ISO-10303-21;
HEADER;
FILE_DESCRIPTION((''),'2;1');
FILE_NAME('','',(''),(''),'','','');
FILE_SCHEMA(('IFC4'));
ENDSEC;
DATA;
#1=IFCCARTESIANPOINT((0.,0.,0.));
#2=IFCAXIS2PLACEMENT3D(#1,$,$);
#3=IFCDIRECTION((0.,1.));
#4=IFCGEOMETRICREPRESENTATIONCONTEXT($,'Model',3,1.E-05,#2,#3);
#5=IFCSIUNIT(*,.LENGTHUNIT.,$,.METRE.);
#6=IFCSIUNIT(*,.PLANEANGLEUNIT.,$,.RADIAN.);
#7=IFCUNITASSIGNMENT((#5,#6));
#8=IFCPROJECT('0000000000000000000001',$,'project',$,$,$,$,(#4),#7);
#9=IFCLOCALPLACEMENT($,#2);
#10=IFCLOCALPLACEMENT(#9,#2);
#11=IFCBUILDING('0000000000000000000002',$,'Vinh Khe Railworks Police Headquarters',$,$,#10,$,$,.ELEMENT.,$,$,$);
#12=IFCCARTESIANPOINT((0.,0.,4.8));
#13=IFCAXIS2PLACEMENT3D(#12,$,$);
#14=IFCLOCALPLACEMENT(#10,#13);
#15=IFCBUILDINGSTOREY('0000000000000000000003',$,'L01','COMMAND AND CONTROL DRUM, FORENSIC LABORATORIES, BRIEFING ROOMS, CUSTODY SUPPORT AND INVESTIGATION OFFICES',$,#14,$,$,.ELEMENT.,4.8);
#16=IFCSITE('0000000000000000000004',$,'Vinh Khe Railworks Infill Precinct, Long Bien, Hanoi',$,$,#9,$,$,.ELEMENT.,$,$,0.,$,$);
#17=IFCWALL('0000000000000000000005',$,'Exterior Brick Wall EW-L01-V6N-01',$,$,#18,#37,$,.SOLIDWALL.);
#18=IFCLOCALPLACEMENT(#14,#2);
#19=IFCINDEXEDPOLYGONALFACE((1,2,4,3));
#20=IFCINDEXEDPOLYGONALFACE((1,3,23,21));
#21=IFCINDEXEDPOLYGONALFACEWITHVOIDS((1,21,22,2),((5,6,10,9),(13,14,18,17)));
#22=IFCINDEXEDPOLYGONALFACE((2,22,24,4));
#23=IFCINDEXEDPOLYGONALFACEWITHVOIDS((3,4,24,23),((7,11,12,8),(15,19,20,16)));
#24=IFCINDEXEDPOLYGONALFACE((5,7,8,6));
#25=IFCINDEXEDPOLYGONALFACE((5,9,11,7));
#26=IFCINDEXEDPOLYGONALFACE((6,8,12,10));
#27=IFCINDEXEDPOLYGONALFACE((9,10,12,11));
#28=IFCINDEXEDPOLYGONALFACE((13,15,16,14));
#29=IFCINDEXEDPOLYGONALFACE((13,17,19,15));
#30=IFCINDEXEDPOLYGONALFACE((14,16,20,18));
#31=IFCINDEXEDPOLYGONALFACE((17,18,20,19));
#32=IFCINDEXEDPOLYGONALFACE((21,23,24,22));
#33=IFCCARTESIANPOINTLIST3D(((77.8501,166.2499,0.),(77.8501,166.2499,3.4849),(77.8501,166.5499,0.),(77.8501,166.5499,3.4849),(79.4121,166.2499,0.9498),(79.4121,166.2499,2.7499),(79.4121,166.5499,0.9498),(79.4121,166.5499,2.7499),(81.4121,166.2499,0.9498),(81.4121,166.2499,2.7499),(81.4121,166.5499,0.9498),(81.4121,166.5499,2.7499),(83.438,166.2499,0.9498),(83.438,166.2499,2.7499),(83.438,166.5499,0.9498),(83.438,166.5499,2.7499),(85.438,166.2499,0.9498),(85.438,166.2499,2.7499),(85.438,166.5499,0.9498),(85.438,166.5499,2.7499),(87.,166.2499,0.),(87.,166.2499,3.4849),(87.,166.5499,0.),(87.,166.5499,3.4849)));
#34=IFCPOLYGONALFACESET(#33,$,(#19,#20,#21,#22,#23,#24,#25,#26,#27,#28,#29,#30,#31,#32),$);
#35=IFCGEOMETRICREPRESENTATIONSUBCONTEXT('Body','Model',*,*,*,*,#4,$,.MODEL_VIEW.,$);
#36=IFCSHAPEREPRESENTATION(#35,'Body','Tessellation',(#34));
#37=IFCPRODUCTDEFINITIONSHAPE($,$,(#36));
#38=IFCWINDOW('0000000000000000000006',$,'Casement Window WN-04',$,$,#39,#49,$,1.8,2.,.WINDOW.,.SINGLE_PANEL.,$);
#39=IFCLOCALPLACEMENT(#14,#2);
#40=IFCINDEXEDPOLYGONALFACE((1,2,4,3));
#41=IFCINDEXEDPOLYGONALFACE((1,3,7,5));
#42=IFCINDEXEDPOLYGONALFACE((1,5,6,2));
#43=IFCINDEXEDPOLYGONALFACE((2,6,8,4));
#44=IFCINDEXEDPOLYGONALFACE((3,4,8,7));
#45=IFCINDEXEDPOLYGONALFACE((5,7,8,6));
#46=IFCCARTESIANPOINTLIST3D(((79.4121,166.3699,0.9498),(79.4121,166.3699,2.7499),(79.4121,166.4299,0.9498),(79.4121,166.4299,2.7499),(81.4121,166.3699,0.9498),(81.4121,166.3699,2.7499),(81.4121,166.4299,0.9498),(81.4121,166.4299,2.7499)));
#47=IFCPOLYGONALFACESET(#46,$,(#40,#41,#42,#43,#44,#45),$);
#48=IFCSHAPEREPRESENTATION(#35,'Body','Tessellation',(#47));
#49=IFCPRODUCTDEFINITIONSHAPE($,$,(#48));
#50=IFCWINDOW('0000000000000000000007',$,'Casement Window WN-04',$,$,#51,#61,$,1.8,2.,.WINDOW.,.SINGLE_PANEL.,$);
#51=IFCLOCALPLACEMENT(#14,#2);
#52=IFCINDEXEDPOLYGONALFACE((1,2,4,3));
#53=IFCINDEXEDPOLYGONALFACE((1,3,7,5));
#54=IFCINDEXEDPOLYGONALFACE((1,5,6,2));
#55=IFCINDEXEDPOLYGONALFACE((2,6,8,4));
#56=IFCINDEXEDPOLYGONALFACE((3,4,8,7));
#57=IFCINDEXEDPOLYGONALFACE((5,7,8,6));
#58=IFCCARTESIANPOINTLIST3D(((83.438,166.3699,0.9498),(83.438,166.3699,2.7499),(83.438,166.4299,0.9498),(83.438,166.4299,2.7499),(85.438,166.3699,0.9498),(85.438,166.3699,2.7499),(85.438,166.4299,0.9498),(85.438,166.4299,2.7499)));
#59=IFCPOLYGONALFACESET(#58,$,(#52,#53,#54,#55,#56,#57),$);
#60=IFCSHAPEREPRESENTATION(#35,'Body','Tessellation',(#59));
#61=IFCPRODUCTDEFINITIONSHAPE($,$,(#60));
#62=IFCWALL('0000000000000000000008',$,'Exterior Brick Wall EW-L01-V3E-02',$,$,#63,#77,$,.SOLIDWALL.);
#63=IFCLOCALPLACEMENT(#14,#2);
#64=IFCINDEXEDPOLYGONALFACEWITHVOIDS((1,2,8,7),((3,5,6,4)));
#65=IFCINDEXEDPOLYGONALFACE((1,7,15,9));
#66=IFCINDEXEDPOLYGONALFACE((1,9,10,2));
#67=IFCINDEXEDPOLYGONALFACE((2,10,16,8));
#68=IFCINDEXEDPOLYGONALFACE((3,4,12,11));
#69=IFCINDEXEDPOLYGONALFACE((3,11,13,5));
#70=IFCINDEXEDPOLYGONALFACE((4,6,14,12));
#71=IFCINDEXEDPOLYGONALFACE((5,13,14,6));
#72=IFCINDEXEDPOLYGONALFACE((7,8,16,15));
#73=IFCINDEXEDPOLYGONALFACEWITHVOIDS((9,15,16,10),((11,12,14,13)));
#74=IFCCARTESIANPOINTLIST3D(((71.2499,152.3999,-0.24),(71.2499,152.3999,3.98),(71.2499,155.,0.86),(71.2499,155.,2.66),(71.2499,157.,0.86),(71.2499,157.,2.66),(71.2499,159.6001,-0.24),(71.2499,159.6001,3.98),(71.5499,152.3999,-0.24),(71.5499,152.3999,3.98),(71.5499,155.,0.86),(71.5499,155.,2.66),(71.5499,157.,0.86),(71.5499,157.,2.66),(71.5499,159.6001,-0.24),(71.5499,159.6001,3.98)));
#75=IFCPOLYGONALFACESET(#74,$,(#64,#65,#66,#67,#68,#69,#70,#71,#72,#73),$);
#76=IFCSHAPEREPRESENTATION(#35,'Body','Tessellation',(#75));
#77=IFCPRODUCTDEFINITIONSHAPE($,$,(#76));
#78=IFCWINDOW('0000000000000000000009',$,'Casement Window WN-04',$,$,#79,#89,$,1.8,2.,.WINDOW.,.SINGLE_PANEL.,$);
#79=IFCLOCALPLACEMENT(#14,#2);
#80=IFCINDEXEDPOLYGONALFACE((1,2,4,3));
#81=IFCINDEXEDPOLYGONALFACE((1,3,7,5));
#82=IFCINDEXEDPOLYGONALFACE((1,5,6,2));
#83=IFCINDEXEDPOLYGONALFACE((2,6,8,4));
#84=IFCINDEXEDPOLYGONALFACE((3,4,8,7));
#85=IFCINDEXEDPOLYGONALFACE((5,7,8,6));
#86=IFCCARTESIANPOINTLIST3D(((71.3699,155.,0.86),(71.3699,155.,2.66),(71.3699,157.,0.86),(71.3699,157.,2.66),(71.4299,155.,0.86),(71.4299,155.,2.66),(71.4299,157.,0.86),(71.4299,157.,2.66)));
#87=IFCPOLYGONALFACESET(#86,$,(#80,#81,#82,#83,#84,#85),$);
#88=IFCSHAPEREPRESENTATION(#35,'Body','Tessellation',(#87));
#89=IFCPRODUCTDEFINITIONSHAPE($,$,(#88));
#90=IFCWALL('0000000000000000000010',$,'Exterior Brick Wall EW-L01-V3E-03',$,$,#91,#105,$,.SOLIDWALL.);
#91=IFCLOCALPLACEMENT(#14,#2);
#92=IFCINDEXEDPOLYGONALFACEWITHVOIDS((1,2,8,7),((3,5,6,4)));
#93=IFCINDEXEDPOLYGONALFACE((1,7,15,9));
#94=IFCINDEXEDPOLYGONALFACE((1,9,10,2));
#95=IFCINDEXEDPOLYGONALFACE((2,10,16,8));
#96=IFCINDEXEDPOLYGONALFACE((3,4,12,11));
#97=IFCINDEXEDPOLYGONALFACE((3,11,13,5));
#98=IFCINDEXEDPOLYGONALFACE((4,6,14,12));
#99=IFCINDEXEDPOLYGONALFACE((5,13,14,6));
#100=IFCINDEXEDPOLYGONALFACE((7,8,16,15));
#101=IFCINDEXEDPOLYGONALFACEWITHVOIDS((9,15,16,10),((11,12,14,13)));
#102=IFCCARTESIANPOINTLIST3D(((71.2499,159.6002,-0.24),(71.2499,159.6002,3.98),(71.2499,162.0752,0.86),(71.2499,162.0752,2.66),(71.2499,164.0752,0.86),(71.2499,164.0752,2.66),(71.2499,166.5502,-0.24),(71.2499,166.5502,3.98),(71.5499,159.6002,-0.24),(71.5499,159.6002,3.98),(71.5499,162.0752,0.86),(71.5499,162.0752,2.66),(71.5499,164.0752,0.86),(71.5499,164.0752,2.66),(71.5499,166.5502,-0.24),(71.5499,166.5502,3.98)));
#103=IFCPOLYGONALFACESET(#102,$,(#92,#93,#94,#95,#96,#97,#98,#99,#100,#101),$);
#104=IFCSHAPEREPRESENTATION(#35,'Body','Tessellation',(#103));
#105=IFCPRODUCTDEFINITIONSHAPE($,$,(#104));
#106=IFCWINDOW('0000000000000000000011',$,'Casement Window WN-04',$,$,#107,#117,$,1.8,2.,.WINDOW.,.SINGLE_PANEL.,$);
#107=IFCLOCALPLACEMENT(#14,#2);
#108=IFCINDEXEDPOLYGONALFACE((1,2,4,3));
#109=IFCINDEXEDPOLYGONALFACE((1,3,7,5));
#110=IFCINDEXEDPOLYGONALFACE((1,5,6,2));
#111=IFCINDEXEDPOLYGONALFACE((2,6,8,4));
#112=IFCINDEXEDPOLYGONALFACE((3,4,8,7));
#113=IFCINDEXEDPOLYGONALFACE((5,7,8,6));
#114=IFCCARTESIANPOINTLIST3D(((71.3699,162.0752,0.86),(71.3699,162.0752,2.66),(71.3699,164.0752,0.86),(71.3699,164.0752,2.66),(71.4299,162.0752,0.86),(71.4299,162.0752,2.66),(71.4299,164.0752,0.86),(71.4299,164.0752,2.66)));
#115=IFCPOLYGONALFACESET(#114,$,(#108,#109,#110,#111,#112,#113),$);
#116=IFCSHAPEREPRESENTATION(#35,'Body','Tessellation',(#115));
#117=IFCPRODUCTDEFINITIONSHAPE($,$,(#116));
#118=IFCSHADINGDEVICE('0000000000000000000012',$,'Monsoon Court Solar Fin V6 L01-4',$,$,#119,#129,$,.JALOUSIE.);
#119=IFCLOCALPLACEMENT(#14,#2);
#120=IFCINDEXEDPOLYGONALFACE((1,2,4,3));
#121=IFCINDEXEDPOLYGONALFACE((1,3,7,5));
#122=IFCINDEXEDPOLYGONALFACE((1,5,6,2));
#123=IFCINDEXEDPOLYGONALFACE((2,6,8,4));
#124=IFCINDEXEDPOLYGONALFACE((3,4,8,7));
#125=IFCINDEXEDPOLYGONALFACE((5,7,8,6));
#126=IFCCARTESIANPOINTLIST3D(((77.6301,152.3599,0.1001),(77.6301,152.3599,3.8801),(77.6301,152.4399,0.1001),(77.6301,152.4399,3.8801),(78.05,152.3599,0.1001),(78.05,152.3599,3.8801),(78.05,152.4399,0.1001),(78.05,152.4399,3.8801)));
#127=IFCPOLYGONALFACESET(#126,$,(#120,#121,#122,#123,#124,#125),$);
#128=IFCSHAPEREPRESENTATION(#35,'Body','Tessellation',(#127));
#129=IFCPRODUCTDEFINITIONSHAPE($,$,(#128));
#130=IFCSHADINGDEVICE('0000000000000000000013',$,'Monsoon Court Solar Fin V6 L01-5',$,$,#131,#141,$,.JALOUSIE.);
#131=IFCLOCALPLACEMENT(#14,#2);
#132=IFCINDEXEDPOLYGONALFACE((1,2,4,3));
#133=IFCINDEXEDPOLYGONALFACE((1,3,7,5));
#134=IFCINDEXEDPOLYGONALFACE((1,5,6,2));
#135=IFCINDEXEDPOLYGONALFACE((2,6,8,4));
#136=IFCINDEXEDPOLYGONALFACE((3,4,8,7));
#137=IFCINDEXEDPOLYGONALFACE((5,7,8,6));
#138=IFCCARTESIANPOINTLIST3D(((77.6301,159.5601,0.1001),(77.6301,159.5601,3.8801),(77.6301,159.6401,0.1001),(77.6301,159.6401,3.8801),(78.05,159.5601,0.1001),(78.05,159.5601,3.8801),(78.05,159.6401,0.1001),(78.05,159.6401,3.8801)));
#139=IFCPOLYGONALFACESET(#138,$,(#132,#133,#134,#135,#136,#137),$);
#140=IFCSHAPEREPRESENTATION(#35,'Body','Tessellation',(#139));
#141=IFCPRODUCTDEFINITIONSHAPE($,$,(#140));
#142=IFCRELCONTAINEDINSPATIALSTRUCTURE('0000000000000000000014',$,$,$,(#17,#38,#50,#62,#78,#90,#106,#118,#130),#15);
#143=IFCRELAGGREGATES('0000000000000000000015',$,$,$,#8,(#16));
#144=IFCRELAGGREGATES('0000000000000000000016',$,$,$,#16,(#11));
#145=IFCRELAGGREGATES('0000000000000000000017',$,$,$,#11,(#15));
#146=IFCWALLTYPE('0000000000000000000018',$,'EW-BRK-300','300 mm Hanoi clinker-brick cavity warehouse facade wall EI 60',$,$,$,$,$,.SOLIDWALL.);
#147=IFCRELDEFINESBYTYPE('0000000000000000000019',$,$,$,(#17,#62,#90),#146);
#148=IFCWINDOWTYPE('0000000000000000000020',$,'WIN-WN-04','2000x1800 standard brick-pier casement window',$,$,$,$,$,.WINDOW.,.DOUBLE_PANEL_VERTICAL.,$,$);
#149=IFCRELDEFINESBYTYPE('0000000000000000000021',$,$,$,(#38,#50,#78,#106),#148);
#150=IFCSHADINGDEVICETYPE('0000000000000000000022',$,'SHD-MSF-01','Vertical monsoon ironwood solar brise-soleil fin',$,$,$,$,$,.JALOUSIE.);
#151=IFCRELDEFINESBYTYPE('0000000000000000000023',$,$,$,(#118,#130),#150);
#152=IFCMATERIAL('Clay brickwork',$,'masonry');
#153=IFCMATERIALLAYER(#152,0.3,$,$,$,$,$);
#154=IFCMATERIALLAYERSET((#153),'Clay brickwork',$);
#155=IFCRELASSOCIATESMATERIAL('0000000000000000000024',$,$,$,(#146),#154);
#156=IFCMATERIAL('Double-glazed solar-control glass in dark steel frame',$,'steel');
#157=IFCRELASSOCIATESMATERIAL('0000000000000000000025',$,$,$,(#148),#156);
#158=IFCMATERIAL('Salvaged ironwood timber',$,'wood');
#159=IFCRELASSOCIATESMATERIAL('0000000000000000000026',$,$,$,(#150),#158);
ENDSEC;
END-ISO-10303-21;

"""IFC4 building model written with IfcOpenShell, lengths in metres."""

from ifc_helpers import new_model, si_unit, direction, frame, frame_2d, origin, origin_2d, place, context, subcontext, project, spatial, rectangle, extrude, material, layer, layer_set, type_object, element, fill, save


model = new_model("IFC4")

# Units and contexts
model_context = context("Model", 3, precision=1e-05, world=origin(), true_north=direction((0.0, 1.0)))
body_context = subcontext(model_context, "Body", "Model", "MODEL_VIEW")
ifc_project = project(units=[si_unit("LENGTHUNIT", "METRE"), si_unit("PLANEANGLEUNIT", "RADIAN")], contexts=[model_context])

# Site, building, storey
site_placement = place(None, origin())
site = spatial("IfcSite", under=ifc_project, at=site_placement, Name="Vinh Khe Railworks Infill Precinct, Long Bien, Hanoi", CompositionType="ELEMENT", RefElevation=0.0)
building_placement = place(site_placement, origin())
building = spatial("IfcBuilding", under=site, at=building_placement, Name="Vinh Khe Railworks Police Headquarters", CompositionType="ELEMENT")
storey_placement = place(building_placement, frame((0.0, 0.0, 4.8)))
storey = spatial("IfcBuildingStorey", under=building, at=storey_placement, Name="L01", Description="COMMAND AND CONTROL DRUM, FORENSIC LABORATORIES, BRIEFING ROOMS, CUSTODY SUPPORT AND INVESTIGATION OFFICES", CompositionType="ELEMENT", Elevation=4.8)

# Shared definitions
ifc_material_1 = material(Name="Clay brickwork", Category="masonry")
ifc_material_2 = material(Name="Double-glazed solar-control glass in dark steel frame", Category="steel")

# Wall, openings, windows
ifc_layer_1 = layer(ifc_material_1, 0.3)
ifc_layer_set_1 = layer_set([ifc_layer_1], Name="Clay brickwork")
wall_type_1 = type_object("IfcWallType", Name="EW-BRK-300", Description="300 mm Hanoi clinker-brick cavity warehouse facade wall EI 60", PredefinedType="SOLIDWALL", material=ifc_layer_set_1)
wall_1_placement = place(storey_placement, frame((77.8501, 166.3999, 0.0), z_axis=(0.0, 0.0, 1.0), x_axis=(1.0, 0.0, 0.0)))
wall_1 = element("IfcWall", 1, at=wall_1_placement, inside=storey, type_object=wall_type_1, Name="Exterior Brick Wall EW-L01-V6N-01", PredefinedType="SOLIDWALL", context=body_context, shape_type="SweptSolid", body=[
    extrude(rectangle(XDim=9.1499, YDim=0.3, at=frame_2d((4.575, 0.0))), origin(), (0.0, 0.0, 1.0), 3.4849),
])
opening_1_placement = place(wall_1_placement, frame((1.562, 0.0, 0.95)))
opening_1 = element("IfcOpeningElement", 2, at=opening_1_placement, cuts=wall_1, PredefinedType="OPENING", context=body_context, shape_type="SweptSolid", body=[
    extrude(rectangle(XDim=2.0, YDim=1.8, at=frame_2d((1.0, 0.8999))), frame((0.0, 0.165, 0.0), z_axis=(0.0, -1.0, 0.0), x_axis=(1.0, 0.0, 0.0)), (0.0, 0.0, 1.0), 0.3298),
])
opening_2_placement = place(wall_1_placement, frame((5.5879, 0.0, 0.95)))
opening_2 = element("IfcOpeningElement", 3, at=opening_2_placement, cuts=wall_1, PredefinedType="OPENING", context=body_context, shape_type="SweptSolid", body=[
    extrude(rectangle(XDim=2.0, YDim=1.8, at=frame_2d((1.0, 0.8999))), frame((0.0, 0.165, 0.0), z_axis=(0.0, -1.0, 0.0), x_axis=(1.0, 0.0, 0.0)), (0.0, 0.0, 1.0), 0.3298),
])
window_type_1 = type_object("IfcWindowType", Name="WIN-WN-04", Description="2000x1800 standard brick-pier casement window", PartitioningType="DOUBLE_PANEL_VERTICAL", PredefinedType="WINDOW", material=ifc_material_2)
window_1_placement = place(opening_1_placement, origin())
window_1 = element("IfcWindow", 4, at=window_1_placement, inside=storey, type_object=window_type_1, Name="Casement Window WN-04", OverallHeight=1.8, OverallWidth=2.0, PartitioningType="SINGLE_PANEL", PredefinedType="WINDOW", context=body_context, shape_type="SweptSolid", body=[
    extrude(rectangle(XDim=2.0, YDim=1.8, at=frame_2d((1.0, 0.8999))), frame((0.0, 0.03, 0.0), z_axis=(0.0, -1.0, 0.0), x_axis=(1.0, 0.0, 0.0)), (0.0, 0.0, 1.0), 0.0601),
])
fill(opening_1, window_1)
window_2_placement = place(opening_2_placement, origin())
window_2 = element("IfcWindow", 5, at=window_2_placement, inside=storey, type_object=window_type_1, Name="Casement Window WN-04", OverallHeight=1.8, OverallWidth=2.0, PartitioningType="SINGLE_PANEL", PredefinedType="WINDOW", context=body_context, shape_type="SweptSolid", body=[
    extrude(rectangle(XDim=2.0, YDim=1.8, at=frame_2d((1.0, 0.8999))), frame((0.0, 0.03, 0.0), z_axis=(0.0, -1.0, 0.0), x_axis=(1.0, 0.0, 0.0)), (0.0, 0.0, 1.0), 0.0601),
])
fill(opening_2, window_2)

# Walls, openings, windows
wall_2_placement = place(storey_placement, frame((71.3999, 152.3999, -0.24), z_axis=(0.0, 0.0, 1.0), x_axis=(0.0, 1.0, 0.0)))
wall_2 = element("IfcWall", 6, at=wall_2_placement, inside=storey, type_object=wall_type_1, Name="Exterior Brick Wall EW-L01-V3E-02", PredefinedType="SOLIDWALL", context=body_context, shape_type="SweptSolid", body=[
    extrude(rectangle(XDim=7.2002, YDim=0.3, at=frame_2d((3.6001, 0.0))), origin(), (0.0, 0.0, 1.0), 4.22),
])
opening_3_placement = place(wall_2_placement, frame((2.6001, 0.0, 1.1001)))
opening_3 = element("IfcOpeningElement", 7, at=opening_3_placement, cuts=wall_2, PredefinedType="OPENING", context=body_context, shape_type="SweptSolid", body=[
    extrude(rectangle(XDim=2.0, YDim=1.8, at=frame_2d((1.0, 0.8999))), frame((0.0, 0.165, 0.0), z_axis=(0.0, -1.0, 0.0), x_axis=(1.0, 0.0, 0.0)), (0.0, 0.0, 1.0), 0.3298),
])
window_3_placement = place(opening_3_placement, origin())
window_3 = element("IfcWindow", 8, at=window_3_placement, inside=storey, type_object=window_type_1, Name="Casement Window WN-04", OverallHeight=1.8, OverallWidth=2.0, PartitioningType="SINGLE_PANEL", PredefinedType="WINDOW", context=body_context, shape_type="SweptSolid", body=[
    extrude(rectangle(XDim=2.0, YDim=1.8, at=frame_2d((1.0, 0.8999))), frame((0.0, 0.03, 0.0), z_axis=(0.0, -1.0, 0.0), x_axis=(1.0, 0.0, 0.0)), (0.0, 0.0, 1.0), 0.0601),
])
fill(opening_3, window_3)
wall_3_placement = place(storey_placement, frame((71.3999, 159.6001, -0.24), z_axis=(0.0, 0.0, 1.0), x_axis=(0.0, 1.0, 0.0)))
wall_3 = element("IfcWall", 9, at=wall_3_placement, inside=storey, type_object=wall_type_1, Name="Exterior Brick Wall EW-L01-V3E-03", PredefinedType="SOLIDWALL", context=body_context, shape_type="SweptSolid", body=[
    extrude(rectangle(XDim=6.95, YDim=0.3, at=frame_2d((3.4751, 0.0))), origin(), (0.0, 0.0, 1.0), 4.22),
])
opening_4_placement = place(wall_3_placement, frame((2.4751, 0.0, 1.1001)))
opening_4 = element("IfcOpeningElement", 10, at=opening_4_placement, cuts=wall_3, PredefinedType="OPENING", context=body_context, shape_type="SweptSolid", body=[
    extrude(rectangle(XDim=2.0, YDim=1.8, at=frame_2d((1.0, 0.8999))), frame((0.0, 0.165, 0.0), z_axis=(0.0, -1.0, 0.0), x_axis=(1.0, 0.0, 0.0)), (0.0, 0.0, 1.0), 0.3298),
])
window_4_placement = place(opening_4_placement, origin())
window_4 = element("IfcWindow", 11, at=window_4_placement, inside=storey, type_object=window_type_1, Name="Casement Window WN-04", OverallHeight=1.8, OverallWidth=2.0, PartitioningType="SINGLE_PANEL", PredefinedType="WINDOW", context=body_context, shape_type="SweptSolid", body=[
    extrude(rectangle(XDim=2.0, YDim=1.8, at=frame_2d((1.0, 0.8999))), frame((0.0, 0.03, 0.0), z_axis=(0.0, -1.0, 0.0), x_axis=(1.0, 0.0, 0.0)), (0.0, 0.0, 1.0), 0.0601),
])
fill(opening_4, window_4)

# Shading devices
ifc_material_3 = material(Name="Salvaged ironwood timber", Category="wood")
shading_device_type = type_object("IfcShadingDeviceType", Name="SHD-MSF-01", Description="Vertical monsoon ironwood solar brise-soleil fin", PredefinedType="JALOUSIE", material=ifc_material_3)
for number, where, z_axis, x_axis, name in (
    (12, (77.8401, 152.3999, 0.1001), (0.0, 0.0, 1.0), (1.0, 0.0, 0.0), "Monsoon Court Solar Fin V6 L01-4"),
    (13, (77.8401, 159.6001, 0.1001), (0.0, 0.0, 1.0), (1.0, 0.0, 0.0), "Monsoon Court Solar Fin V6 L01-5"),
):
    element("IfcShadingDevice", number, at=place(storey_placement, frame(where, z_axis=z_axis, x_axis=x_axis)), inside=storey, type_object=shading_device_type, Name=name, PredefinedType="JALOUSIE", context=body_context, shape_type="SweptSolid", body=[
        extrude(rectangle(XDim=0.4199, YDim=0.0801, at=origin_2d()), origin(), (0.0, 0.0, 1.0), 3.78),
    ])

save(model, "model.ifc")
